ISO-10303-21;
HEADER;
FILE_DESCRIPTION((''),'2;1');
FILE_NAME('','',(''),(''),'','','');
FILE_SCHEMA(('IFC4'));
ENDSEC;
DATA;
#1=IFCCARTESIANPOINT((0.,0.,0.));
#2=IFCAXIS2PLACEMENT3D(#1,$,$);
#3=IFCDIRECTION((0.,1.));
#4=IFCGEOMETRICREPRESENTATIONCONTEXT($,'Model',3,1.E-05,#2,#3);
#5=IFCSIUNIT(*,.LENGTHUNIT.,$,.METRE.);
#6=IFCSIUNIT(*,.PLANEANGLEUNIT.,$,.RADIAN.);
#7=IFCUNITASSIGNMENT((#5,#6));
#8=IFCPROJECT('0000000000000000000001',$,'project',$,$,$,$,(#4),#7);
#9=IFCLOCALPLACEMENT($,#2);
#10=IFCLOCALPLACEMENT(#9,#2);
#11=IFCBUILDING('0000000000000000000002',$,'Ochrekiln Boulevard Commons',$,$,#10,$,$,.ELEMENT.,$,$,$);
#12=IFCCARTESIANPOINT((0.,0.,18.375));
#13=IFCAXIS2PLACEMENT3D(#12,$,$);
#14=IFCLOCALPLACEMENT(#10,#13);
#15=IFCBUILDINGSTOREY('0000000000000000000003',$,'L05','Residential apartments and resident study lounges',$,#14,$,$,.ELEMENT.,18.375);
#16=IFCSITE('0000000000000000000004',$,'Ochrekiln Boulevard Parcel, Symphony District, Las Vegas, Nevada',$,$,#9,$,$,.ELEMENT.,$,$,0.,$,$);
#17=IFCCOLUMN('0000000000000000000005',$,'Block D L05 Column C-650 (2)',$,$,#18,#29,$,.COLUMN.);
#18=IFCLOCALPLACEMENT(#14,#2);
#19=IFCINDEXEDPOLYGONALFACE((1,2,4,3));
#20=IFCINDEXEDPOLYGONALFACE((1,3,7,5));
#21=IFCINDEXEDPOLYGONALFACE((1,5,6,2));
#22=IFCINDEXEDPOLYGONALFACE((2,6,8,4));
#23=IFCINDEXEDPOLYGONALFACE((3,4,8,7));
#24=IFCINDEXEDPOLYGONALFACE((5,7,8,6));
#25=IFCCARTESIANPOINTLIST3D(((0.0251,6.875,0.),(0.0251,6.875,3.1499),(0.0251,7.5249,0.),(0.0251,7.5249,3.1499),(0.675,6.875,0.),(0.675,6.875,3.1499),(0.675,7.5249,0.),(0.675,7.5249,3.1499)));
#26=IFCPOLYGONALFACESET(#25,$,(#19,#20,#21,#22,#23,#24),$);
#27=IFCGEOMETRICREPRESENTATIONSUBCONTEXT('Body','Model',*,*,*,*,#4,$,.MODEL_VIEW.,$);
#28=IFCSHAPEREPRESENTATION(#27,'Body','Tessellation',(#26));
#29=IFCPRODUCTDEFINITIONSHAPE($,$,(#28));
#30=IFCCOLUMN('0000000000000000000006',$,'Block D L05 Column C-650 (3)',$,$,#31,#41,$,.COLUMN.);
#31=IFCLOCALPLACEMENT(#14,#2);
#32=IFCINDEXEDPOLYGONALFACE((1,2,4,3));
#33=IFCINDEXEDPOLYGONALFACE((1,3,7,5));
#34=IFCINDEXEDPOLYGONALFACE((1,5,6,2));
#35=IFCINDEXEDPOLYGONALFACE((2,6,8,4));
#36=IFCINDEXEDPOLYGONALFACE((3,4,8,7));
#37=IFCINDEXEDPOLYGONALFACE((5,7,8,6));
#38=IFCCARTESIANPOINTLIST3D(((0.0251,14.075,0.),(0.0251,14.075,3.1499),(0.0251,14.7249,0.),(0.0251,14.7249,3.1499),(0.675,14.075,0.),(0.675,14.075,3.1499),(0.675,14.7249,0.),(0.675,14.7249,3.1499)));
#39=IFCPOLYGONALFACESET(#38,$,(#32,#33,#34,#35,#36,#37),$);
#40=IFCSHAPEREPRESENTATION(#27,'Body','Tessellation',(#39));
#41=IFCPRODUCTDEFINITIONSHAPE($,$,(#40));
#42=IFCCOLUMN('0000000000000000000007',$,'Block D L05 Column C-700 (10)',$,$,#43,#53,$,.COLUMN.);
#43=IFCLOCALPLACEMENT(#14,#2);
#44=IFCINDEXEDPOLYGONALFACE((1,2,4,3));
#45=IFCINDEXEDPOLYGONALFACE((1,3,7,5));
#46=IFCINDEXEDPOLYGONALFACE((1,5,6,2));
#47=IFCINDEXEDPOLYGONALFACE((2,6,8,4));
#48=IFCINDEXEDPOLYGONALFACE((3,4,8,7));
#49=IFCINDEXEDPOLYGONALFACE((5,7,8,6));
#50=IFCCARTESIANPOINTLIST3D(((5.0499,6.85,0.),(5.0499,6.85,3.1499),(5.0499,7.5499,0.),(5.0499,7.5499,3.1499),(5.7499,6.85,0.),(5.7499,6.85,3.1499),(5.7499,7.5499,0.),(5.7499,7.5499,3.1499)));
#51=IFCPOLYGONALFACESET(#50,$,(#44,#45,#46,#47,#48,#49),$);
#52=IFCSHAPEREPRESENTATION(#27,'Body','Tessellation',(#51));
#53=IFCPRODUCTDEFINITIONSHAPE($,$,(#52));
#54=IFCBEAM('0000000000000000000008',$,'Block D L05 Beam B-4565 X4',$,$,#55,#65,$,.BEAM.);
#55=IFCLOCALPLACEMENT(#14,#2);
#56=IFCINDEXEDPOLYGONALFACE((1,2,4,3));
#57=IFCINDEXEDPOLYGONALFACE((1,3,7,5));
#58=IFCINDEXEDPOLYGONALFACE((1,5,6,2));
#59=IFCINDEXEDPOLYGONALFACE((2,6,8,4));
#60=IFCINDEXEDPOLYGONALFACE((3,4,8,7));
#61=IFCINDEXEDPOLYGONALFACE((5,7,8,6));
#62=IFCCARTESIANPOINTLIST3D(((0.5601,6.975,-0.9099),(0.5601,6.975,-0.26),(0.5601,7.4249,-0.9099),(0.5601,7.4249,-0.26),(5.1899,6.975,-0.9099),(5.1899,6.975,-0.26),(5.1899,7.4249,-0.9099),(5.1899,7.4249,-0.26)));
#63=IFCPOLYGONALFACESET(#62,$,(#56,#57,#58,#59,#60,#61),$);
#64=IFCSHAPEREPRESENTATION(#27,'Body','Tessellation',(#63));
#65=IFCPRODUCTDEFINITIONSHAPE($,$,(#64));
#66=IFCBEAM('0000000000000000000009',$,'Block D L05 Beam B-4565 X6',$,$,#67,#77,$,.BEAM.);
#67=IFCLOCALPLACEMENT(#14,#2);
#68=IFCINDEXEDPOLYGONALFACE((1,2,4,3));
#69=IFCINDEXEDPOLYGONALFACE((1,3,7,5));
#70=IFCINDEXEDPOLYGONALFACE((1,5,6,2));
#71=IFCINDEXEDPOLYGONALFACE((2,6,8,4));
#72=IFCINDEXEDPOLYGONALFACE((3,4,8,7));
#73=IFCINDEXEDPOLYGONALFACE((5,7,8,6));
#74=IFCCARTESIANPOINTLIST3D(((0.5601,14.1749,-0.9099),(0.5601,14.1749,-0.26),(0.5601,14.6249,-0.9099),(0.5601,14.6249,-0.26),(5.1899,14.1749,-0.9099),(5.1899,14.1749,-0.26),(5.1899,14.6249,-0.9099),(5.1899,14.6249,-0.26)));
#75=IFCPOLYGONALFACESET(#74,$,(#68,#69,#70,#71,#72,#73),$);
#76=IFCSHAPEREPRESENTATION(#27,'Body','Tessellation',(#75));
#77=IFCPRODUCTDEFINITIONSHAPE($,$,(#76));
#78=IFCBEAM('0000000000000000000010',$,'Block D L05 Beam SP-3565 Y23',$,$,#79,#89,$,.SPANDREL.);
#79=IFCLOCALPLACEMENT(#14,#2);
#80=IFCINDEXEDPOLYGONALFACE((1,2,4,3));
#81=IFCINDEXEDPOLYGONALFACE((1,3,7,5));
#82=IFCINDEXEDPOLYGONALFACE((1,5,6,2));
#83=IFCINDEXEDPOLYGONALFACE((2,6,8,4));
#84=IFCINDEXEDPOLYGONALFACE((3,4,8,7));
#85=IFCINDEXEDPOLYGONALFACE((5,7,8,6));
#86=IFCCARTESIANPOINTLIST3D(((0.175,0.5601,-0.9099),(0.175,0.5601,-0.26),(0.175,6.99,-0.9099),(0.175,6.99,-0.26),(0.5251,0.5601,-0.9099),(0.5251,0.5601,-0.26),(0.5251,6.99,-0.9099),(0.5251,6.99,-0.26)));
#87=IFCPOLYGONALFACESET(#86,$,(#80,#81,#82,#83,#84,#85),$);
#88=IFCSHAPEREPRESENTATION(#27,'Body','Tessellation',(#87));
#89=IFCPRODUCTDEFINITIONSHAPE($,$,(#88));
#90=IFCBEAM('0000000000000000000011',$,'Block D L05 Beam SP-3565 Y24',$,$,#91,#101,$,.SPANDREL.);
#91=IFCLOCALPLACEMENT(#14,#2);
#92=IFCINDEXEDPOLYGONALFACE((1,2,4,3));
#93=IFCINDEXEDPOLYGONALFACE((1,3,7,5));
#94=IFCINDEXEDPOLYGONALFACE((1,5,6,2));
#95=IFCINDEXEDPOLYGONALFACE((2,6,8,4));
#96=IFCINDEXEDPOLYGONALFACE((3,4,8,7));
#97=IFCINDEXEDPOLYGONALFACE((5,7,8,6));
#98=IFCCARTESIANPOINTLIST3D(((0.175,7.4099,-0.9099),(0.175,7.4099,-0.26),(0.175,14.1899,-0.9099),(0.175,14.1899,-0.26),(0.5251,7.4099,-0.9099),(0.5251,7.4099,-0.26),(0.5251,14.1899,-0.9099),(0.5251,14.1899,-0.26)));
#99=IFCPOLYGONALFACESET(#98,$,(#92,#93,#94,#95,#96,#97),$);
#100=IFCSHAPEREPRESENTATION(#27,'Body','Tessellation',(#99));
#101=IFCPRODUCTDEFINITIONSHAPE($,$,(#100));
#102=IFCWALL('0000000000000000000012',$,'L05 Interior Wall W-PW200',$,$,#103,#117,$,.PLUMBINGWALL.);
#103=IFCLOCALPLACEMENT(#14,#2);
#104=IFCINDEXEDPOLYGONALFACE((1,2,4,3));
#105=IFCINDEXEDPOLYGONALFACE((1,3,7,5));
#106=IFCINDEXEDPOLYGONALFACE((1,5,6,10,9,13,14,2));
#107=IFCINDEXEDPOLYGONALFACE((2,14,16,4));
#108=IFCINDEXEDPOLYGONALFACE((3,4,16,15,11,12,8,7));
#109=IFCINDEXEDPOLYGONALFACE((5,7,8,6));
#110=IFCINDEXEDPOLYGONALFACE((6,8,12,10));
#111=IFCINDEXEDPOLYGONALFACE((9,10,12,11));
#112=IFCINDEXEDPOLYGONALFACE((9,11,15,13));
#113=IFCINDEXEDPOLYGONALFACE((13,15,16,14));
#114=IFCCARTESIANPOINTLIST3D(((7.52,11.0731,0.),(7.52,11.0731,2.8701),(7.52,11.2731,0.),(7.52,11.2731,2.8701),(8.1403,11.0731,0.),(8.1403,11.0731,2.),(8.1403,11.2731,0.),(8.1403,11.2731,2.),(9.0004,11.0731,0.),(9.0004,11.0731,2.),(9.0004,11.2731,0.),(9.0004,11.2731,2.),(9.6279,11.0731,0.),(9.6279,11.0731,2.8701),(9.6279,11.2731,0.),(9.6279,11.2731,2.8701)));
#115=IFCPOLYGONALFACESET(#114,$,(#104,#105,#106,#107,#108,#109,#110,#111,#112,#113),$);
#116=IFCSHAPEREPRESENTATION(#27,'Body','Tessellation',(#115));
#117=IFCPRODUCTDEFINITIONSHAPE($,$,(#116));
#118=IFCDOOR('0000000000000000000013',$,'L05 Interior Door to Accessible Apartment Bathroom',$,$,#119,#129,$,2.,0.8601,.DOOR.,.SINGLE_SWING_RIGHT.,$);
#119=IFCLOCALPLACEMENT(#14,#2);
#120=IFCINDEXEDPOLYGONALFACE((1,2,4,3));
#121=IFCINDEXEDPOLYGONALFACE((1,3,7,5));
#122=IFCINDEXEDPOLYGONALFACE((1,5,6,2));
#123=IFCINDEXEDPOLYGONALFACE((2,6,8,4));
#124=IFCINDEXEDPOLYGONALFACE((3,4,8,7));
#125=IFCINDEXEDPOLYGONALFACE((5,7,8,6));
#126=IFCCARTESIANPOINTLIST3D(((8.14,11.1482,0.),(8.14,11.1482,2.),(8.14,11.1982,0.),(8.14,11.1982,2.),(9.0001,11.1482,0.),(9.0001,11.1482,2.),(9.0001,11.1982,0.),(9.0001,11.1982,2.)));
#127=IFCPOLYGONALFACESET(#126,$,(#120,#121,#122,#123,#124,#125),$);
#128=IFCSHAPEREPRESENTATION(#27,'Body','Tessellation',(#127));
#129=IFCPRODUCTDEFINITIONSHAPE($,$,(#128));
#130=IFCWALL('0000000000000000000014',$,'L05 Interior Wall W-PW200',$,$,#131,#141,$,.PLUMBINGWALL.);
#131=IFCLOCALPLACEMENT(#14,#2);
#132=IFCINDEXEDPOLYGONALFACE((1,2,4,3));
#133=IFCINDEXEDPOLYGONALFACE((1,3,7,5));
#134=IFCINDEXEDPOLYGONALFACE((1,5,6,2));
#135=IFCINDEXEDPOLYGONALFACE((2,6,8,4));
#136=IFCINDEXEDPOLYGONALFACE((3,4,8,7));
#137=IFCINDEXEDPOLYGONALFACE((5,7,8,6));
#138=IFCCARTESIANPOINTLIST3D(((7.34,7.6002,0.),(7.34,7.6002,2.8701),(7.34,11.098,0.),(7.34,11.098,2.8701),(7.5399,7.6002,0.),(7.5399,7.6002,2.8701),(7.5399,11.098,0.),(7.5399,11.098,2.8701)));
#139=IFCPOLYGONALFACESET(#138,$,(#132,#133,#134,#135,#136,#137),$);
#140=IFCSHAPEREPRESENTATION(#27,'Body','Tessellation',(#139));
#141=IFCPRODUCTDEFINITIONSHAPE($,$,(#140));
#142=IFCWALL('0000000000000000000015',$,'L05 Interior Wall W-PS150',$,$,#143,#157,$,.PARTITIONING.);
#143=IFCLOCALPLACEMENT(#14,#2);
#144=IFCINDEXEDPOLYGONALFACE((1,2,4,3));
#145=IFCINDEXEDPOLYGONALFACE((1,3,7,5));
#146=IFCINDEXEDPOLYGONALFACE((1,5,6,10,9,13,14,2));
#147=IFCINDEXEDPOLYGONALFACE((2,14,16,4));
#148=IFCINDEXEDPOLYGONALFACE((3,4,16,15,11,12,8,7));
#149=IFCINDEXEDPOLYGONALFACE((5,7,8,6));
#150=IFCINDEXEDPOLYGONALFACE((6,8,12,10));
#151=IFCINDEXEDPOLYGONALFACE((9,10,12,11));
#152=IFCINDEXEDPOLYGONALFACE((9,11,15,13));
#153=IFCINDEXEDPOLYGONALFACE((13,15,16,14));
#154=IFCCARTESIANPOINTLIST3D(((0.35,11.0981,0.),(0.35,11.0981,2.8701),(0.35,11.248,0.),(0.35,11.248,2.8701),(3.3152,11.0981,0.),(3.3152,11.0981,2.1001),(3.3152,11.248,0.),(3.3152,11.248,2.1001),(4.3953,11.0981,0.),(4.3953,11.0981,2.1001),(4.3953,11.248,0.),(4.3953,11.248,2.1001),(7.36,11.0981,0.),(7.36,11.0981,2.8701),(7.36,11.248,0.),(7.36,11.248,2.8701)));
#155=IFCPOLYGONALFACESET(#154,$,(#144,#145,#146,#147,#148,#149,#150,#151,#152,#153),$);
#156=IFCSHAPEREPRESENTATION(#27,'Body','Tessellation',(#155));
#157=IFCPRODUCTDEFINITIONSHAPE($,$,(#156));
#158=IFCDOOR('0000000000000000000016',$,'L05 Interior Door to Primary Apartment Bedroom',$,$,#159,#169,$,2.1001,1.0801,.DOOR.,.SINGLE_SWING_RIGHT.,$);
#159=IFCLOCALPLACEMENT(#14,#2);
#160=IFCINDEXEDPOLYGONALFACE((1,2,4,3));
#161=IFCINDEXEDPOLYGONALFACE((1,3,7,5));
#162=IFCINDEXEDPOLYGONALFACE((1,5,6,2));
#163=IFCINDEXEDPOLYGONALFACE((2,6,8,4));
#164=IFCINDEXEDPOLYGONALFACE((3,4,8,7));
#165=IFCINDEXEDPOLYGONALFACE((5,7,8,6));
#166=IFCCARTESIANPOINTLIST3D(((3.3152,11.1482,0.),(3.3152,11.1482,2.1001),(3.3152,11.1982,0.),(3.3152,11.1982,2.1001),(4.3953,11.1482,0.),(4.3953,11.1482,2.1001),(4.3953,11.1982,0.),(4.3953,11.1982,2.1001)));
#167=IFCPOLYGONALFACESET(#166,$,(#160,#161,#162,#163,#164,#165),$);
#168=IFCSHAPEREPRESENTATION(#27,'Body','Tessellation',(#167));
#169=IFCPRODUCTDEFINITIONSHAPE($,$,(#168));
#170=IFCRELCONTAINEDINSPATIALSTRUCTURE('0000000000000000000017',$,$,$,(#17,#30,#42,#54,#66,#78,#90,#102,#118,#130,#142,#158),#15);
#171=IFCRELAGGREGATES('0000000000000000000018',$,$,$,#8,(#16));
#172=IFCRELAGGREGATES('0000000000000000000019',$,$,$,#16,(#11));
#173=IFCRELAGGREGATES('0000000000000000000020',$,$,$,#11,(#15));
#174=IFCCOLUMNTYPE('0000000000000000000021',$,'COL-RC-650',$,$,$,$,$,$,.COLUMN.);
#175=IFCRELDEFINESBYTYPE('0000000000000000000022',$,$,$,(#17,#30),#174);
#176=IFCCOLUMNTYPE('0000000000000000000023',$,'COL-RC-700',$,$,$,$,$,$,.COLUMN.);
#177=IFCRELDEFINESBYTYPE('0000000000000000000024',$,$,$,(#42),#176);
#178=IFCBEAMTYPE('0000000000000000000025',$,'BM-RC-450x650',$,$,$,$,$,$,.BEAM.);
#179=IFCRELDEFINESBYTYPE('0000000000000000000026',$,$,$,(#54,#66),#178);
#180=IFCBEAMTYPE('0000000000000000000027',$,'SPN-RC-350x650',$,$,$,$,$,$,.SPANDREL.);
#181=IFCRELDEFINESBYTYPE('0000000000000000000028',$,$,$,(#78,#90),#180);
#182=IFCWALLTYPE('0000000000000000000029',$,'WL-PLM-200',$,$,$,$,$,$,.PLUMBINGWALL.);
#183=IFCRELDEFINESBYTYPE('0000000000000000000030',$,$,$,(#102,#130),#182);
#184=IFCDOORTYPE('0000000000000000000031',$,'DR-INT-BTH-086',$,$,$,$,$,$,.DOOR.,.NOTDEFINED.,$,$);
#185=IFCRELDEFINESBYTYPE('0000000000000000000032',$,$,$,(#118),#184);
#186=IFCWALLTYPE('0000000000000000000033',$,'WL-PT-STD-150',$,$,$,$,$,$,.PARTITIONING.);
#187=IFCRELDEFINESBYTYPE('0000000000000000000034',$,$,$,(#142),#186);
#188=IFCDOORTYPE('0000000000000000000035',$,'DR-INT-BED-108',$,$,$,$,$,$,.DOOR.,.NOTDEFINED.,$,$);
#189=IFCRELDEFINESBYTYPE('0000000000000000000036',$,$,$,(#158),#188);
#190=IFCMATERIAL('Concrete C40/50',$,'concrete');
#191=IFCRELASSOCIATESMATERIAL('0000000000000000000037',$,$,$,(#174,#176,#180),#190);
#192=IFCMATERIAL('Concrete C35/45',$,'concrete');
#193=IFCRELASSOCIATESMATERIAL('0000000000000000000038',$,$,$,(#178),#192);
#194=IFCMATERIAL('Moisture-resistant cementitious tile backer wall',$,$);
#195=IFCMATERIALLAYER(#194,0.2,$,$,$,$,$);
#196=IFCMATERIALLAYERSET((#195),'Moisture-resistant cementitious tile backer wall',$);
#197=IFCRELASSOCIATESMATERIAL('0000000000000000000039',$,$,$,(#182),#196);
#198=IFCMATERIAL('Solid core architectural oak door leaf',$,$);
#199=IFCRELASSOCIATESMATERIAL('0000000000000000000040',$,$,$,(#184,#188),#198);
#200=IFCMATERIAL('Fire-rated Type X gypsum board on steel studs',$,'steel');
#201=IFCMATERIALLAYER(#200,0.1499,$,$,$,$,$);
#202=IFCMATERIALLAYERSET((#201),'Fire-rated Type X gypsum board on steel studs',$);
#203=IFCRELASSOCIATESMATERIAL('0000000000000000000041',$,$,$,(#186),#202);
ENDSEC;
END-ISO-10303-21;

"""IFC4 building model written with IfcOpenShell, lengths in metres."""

from ifc_helpers import new_model, si_unit, direction, frame, frame_2d, origin, origin_2d, place, context, subcontext, project, spatial, rectangle, extrude, material, layer, layer_set, material_profile, profile_set, type_object, element, fill, save


model = new_model("IFC4")

# Units and contexts
model_context = context("Model", 3, precision=1e-05, world=origin(), true_north=direction((0.0, 1.0)))
body_context = subcontext(model_context, "Body", "Model", "MODEL_VIEW")
ifc_project = project(units=[si_unit("LENGTHUNIT", "METRE"), si_unit("PLANEANGLEUNIT", "RADIAN")], contexts=[model_context])

# Site, building, storey
site_placement = place(None, origin())
site = spatial("IfcSite", under=ifc_project, at=site_placement, Name="Ochrekiln Boulevard Parcel, Symphony District, Las Vegas, Nevada", CompositionType="ELEMENT", RefElevation=0.0)
building_placement = place(site_placement, origin())
building = spatial("IfcBuilding", under=site, at=building_placement, Name="Ochrekiln Boulevard Commons", CompositionType="ELEMENT")
storey_placement = place(building_placement, frame((0.0, 0.0, 18.375)))
storey = spatial("IfcBuildingStorey", under=building, at=storey_placement, Name="L05", Description="Residential apartments and resident study lounges", CompositionType="ELEMENT", Elevation=18.375)

# Columns
ifc_material_1 = material(Name="Concrete C40/50", Category="concrete")
ifc_material_profile_1 = material_profile(ifc_material_1, rectangle(XDim=0.6499, YDim=0.6499, at=origin_2d()), Name="RC-COL-650x650")
ifc_profile_set_1 = profile_set([ifc_material_profile_1], Name="Concrete C40/50")
column_type_1 = type_object("IfcColumnType", Name="COL-RC-650", PredefinedType="COLUMN", material=ifc_profile_set_1)
for number, where, z_axis, x_axis, name in (
    (1, (0.3501, 7.2, 0.0), (0.0, 0.0, 1.0), (1.0, 0.0, 0.0), "Block D L05 Column C-650 (2)"),
    (2, (0.3501, 14.3999, 0.0), (0.0, 0.0, 1.0), (1.0, 0.0, 0.0), "Block D L05 Column C-650 (3)"),
):
    element("IfcColumn", number, at=place(storey_placement, frame(where, z_axis=z_axis, x_axis=x_axis)), inside=storey, type_object=column_type_1, Name=name, PredefinedType="COLUMN", context=body_context, shape_type="SweptSolid", body=[
        extrude(rectangle(XDim=0.6499, YDim=0.6499, at=origin_2d()), origin(), (0.0, 0.0, 1.0), 3.1499),
    ])
ifc_material_profile_2 = material_profile(ifc_material_1, rectangle(XDim=0.7, YDim=0.7, at=origin_2d()), Name="RC-COL-700x700")
ifc_profile_set_2 = profile_set([ifc_material_profile_2], Name="Concrete C40/50")
column_type_2 = type_object("IfcColumnType", Name="COL-RC-700", PredefinedType="COLUMN", material=ifc_profile_set_2)
column_placement = place(storey_placement, frame((5.3999, 7.2, 0.0), z_axis=(0.0, 0.0, 1.0), x_axis=(1.0, 0.0, 0.0)))
element("IfcColumn", 3, at=column_placement, inside=storey, type_object=column_type_2, Name="Block D L05 Column C-700 (10)", PredefinedType="COLUMN", context=body_context, shape_type="SweptSolid", body=[
    extrude(rectangle(XDim=0.7, YDim=0.7, at=origin_2d()), origin(), (0.0, 0.0, 1.0), 3.1499),
])

# Beams
ifc_material_2 = material(Name="Concrete C35/45", Category="concrete")
ifc_material_profile_3 = material_profile(ifc_material_2, rectangle(XDim=0.45, YDim=0.6499, at=origin_2d()), Name="RC-BM-450x650")
ifc_profile_set_3 = profile_set([ifc_material_profile_3], Name="Concrete C35/45")
beam_type_1 = type_object("IfcBeamType", Name="BM-RC-450x650", PredefinedType="BEAM", material=ifc_profile_set_3)
for number, where, z_axis, x_axis, name in (
    (4, (0.5601, 7.2, -0.585), (1.0, 0.0, 0.0), (0.0, 1.0, 0.0), "Block D L05 Beam B-4565 X4"),
    (5, (0.5601, 14.3999, -0.585), (1.0, 0.0, 0.0), (0.0, 1.0, 0.0), "Block D L05 Beam B-4565 X6"),
):
    element("IfcBeam", number, at=place(storey_placement, frame(where, z_axis=z_axis, x_axis=x_axis)), inside=storey, type_object=beam_type_1, Name=name, PredefinedType="BEAM", context=body_context, shape_type="SweptSolid", body=[
        extrude(rectangle(XDim=0.45, YDim=0.6499, at=origin_2d()), origin(), (0.0, 0.0, 1.0), 4.6299),
    ])
ifc_material_profile_4 = material_profile(ifc_material_1, rectangle(XDim=0.3501, YDim=0.6499, at=origin_2d()), Name="RC-SPN-350x650")
ifc_profile_set_4 = profile_set([ifc_material_profile_4], Name="Concrete C40/50")
beam_type_2 = type_object("IfcBeamType", Name="SPN-RC-350x650", PredefinedType="SPANDREL", material=ifc_profile_set_4)
beam_1_placement = place(storey_placement, frame((0.3501, 0.5601, -0.585), z_axis=(0.0, 1.0, 0.0), x_axis=(-1.0, 0.0, 0.0)))
element("IfcBeam", 6, at=beam_1_placement, inside=storey, type_object=beam_type_2, Name="Block D L05 Beam SP-3565 Y23", PredefinedType="SPANDREL", context=body_context, shape_type="SweptSolid", body=[
    extrude(rectangle(XDim=0.3501, YDim=0.6499, at=origin_2d()), origin(), (0.0, 0.0, 1.0), 6.4299),
])
beam_2_placement = place(storey_placement, frame((0.3501, 7.4099, -0.585), z_axis=(0.0, 1.0, 0.0), x_axis=(-1.0, 0.0, 0.0)))
element("IfcBeam", 7, at=beam_2_placement, inside=storey, type_object=beam_type_2, Name="Block D L05 Beam SP-3565 Y24", PredefinedType="SPANDREL", context=body_context, shape_type="SweptSolid", body=[
    extrude(rectangle(XDim=0.3501, YDim=0.6499, at=origin_2d()), origin(), (0.0, 0.0, 1.0), 6.78),
])

# Wall, opening, door
ifc_material_3 = material(Name="Moisture-resistant cementitious tile backer wall")
ifc_layer_1 = layer(ifc_material_3, 0.2)
ifc_layer_set_1 = layer_set([ifc_layer_1], Name="Moisture-resistant cementitious tile backer wall")
wall_type_1 = type_object("IfcWallType", Name="WL-PLM-200", PredefinedType="PLUMBINGWALL", material=ifc_layer_set_1)
wall_1_placement = place(storey_placement, frame((7.52, 11.1731, 0.0), z_axis=(0.0, 0.0, 1.0), x_axis=(1.0, 0.0, 0.0)))
wall_1 = element("IfcWall", 8, at=wall_1_placement, inside=storey, type_object=wall_type_1, Name="L05 Interior Wall W-PW200", PredefinedType="PLUMBINGWALL", context=body_context, shape_type="SweptSolid", body=[
    extrude(rectangle(XDim=2.1079, YDim=0.2, at=frame_2d((1.054, 0.0))), origin(), (0.0, 0.0, 1.0), 2.8701),
])
opening_1_placement = place(wall_1_placement, frame((0.6201, 0.0, 0.0)))
opening_1 = element("IfcOpeningElement", 9, at=opening_1_placement, cuts=wall_1, PredefinedType="OPENING", context=body_context, shape_type="SweptSolid", body=[
    extrude(rectangle(XDim=0.8601, YDim=2.0, at=frame_2d((0.4302, 1.0))), frame((0.0, 0.1099, 0.0), z_axis=(0.0, -1.0, 0.0), x_axis=(1.0, 0.0, 0.0)), (0.0, 0.0, 1.0), 0.22),
])
ifc_material_4 = material(Name="Solid core architectural oak door leaf")
door_type_1 = type_object("IfcDoorType", Name="DR-INT-BTH-086", OperationType="NOTDEFINED", PredefinedType="DOOR", material=ifc_material_4)
door_1_placement = place(opening_1_placement, frame((0.8601, 0.0, 0.0), z_axis=(0.0, 0.0, 1.0), x_axis=(-1.0, 0.0, 0.0)))
door_1 = element("IfcDoor", 10, at=door_1_placement, inside=storey, type_object=door_type_1, Name="L05 Interior Door to Accessible Apartment Bathroom", OperationType="SINGLE_SWING_RIGHT", OverallHeight=2.0, OverallWidth=0.8601, PredefinedType="DOOR", context=body_context, shape_type="SweptSolid", body=[
    extrude(rectangle(XDim=0.8601, YDim=2.0, at=frame_2d((0.4302, 1.0))), frame((0.0, 0.0249, 0.0), z_axis=(0.0, -1.0, 0.0), x_axis=(1.0, 0.0, 0.0)), (0.0, 0.0, 1.0), 0.05),
])
fill(opening_1, door_1)

# Wall
wall_2_placement = place(storey_placement, frame((7.4399, 7.6001, 0.0), z_axis=(0.0, 0.0, 1.0), x_axis=(0.0, 1.0, 0.0)))
element("IfcWall", 11, at=wall_2_placement, inside=storey, type_object=wall_type_1, Name="L05 Interior Wall W-PW200", PredefinedType="PLUMBINGWALL", context=body_context, shape_type="SweptSolid", body=[
    extrude(rectangle(XDim=3.4978, YDim=0.2, at=frame_2d((1.749, 0.0))), origin(), (0.0, 0.0, 1.0), 2.8701),
])

# Wall, opening, door
ifc_material_5 = material(Name="Fire-rated Type X gypsum board on steel studs", Category="steel")
ifc_layer_2 = layer(ifc_material_5, 0.1499)
ifc_layer_set_2 = layer_set([ifc_layer_2], Name="Fire-rated Type X gypsum board on steel studs")
wall_type_2 = type_object("IfcWallType", Name="WL-PT-STD-150", PredefinedType="PARTITIONING", material=ifc_layer_set_2)
wall_3_placement = place(storey_placement, frame((0.3501, 11.1731, 0.0), z_axis=(0.0, 0.0, 1.0), x_axis=(1.0, 0.0, 0.0)))
wall_3 = element("IfcWall", 12, at=wall_3_placement, inside=storey, type_object=wall_type_2, Name="L05 Interior Wall W-PS150", PredefinedType="PARTITIONING", context=body_context, shape_type="SweptSolid", body=[
    extrude(rectangle(XDim=7.01, YDim=0.1499, at=frame_2d((3.5049, 0.0))), origin(), (0.0, 0.0, 1.0), 2.8701),
])
opening_2_placement = place(wall_3_placement, frame((2.9651, 0.0, 0.0)))
opening_2 = element("IfcOpeningElement", 13, at=opening_2_placement, cuts=wall_3, PredefinedType="OPENING", context=body_context, shape_type="SweptSolid", body=[
    extrude(rectangle(XDim=1.0801, YDim=2.1001, at=frame_2d((0.54, 1.05))), frame((0.0, 0.085, 0.0), z_axis=(0.0, -1.0, 0.0), x_axis=(1.0, 0.0, 0.0)), (0.0, 0.0, 1.0), 0.1699),
])
door_type_2 = type_object("IfcDoorType", Name="DR-INT-BED-108", OperationType="NOTDEFINED", PredefinedType="DOOR", material=ifc_material_4)
door_2_placement = place(opening_2_placement, frame((1.0801, 0.0, 0.0), z_axis=(0.0, 0.0, 1.0), x_axis=(-1.0, 0.0, 0.0)))
door_2 = element("IfcDoor", 14, at=door_2_placement, inside=storey, type_object=door_type_2, Name="L05 Interior Door to Primary Apartment Bedroom", OperationType="SINGLE_SWING_RIGHT", OverallHeight=2.1001, OverallWidth=1.0801, PredefinedType="DOOR", context=body_context, shape_type="SweptSolid", body=[
    extrude(rectangle(XDim=1.0801, YDim=2.1001, at=frame_2d((0.54, 1.05))), frame((0.0, 0.0249, 0.0), z_axis=(0.0, -1.0, 0.0), x_axis=(1.0, 0.0, 0.0)), (0.0, 0.0, 1.0), 0.05),
])
fill(opening_2, door_2)

save(model, "model.ifc")
